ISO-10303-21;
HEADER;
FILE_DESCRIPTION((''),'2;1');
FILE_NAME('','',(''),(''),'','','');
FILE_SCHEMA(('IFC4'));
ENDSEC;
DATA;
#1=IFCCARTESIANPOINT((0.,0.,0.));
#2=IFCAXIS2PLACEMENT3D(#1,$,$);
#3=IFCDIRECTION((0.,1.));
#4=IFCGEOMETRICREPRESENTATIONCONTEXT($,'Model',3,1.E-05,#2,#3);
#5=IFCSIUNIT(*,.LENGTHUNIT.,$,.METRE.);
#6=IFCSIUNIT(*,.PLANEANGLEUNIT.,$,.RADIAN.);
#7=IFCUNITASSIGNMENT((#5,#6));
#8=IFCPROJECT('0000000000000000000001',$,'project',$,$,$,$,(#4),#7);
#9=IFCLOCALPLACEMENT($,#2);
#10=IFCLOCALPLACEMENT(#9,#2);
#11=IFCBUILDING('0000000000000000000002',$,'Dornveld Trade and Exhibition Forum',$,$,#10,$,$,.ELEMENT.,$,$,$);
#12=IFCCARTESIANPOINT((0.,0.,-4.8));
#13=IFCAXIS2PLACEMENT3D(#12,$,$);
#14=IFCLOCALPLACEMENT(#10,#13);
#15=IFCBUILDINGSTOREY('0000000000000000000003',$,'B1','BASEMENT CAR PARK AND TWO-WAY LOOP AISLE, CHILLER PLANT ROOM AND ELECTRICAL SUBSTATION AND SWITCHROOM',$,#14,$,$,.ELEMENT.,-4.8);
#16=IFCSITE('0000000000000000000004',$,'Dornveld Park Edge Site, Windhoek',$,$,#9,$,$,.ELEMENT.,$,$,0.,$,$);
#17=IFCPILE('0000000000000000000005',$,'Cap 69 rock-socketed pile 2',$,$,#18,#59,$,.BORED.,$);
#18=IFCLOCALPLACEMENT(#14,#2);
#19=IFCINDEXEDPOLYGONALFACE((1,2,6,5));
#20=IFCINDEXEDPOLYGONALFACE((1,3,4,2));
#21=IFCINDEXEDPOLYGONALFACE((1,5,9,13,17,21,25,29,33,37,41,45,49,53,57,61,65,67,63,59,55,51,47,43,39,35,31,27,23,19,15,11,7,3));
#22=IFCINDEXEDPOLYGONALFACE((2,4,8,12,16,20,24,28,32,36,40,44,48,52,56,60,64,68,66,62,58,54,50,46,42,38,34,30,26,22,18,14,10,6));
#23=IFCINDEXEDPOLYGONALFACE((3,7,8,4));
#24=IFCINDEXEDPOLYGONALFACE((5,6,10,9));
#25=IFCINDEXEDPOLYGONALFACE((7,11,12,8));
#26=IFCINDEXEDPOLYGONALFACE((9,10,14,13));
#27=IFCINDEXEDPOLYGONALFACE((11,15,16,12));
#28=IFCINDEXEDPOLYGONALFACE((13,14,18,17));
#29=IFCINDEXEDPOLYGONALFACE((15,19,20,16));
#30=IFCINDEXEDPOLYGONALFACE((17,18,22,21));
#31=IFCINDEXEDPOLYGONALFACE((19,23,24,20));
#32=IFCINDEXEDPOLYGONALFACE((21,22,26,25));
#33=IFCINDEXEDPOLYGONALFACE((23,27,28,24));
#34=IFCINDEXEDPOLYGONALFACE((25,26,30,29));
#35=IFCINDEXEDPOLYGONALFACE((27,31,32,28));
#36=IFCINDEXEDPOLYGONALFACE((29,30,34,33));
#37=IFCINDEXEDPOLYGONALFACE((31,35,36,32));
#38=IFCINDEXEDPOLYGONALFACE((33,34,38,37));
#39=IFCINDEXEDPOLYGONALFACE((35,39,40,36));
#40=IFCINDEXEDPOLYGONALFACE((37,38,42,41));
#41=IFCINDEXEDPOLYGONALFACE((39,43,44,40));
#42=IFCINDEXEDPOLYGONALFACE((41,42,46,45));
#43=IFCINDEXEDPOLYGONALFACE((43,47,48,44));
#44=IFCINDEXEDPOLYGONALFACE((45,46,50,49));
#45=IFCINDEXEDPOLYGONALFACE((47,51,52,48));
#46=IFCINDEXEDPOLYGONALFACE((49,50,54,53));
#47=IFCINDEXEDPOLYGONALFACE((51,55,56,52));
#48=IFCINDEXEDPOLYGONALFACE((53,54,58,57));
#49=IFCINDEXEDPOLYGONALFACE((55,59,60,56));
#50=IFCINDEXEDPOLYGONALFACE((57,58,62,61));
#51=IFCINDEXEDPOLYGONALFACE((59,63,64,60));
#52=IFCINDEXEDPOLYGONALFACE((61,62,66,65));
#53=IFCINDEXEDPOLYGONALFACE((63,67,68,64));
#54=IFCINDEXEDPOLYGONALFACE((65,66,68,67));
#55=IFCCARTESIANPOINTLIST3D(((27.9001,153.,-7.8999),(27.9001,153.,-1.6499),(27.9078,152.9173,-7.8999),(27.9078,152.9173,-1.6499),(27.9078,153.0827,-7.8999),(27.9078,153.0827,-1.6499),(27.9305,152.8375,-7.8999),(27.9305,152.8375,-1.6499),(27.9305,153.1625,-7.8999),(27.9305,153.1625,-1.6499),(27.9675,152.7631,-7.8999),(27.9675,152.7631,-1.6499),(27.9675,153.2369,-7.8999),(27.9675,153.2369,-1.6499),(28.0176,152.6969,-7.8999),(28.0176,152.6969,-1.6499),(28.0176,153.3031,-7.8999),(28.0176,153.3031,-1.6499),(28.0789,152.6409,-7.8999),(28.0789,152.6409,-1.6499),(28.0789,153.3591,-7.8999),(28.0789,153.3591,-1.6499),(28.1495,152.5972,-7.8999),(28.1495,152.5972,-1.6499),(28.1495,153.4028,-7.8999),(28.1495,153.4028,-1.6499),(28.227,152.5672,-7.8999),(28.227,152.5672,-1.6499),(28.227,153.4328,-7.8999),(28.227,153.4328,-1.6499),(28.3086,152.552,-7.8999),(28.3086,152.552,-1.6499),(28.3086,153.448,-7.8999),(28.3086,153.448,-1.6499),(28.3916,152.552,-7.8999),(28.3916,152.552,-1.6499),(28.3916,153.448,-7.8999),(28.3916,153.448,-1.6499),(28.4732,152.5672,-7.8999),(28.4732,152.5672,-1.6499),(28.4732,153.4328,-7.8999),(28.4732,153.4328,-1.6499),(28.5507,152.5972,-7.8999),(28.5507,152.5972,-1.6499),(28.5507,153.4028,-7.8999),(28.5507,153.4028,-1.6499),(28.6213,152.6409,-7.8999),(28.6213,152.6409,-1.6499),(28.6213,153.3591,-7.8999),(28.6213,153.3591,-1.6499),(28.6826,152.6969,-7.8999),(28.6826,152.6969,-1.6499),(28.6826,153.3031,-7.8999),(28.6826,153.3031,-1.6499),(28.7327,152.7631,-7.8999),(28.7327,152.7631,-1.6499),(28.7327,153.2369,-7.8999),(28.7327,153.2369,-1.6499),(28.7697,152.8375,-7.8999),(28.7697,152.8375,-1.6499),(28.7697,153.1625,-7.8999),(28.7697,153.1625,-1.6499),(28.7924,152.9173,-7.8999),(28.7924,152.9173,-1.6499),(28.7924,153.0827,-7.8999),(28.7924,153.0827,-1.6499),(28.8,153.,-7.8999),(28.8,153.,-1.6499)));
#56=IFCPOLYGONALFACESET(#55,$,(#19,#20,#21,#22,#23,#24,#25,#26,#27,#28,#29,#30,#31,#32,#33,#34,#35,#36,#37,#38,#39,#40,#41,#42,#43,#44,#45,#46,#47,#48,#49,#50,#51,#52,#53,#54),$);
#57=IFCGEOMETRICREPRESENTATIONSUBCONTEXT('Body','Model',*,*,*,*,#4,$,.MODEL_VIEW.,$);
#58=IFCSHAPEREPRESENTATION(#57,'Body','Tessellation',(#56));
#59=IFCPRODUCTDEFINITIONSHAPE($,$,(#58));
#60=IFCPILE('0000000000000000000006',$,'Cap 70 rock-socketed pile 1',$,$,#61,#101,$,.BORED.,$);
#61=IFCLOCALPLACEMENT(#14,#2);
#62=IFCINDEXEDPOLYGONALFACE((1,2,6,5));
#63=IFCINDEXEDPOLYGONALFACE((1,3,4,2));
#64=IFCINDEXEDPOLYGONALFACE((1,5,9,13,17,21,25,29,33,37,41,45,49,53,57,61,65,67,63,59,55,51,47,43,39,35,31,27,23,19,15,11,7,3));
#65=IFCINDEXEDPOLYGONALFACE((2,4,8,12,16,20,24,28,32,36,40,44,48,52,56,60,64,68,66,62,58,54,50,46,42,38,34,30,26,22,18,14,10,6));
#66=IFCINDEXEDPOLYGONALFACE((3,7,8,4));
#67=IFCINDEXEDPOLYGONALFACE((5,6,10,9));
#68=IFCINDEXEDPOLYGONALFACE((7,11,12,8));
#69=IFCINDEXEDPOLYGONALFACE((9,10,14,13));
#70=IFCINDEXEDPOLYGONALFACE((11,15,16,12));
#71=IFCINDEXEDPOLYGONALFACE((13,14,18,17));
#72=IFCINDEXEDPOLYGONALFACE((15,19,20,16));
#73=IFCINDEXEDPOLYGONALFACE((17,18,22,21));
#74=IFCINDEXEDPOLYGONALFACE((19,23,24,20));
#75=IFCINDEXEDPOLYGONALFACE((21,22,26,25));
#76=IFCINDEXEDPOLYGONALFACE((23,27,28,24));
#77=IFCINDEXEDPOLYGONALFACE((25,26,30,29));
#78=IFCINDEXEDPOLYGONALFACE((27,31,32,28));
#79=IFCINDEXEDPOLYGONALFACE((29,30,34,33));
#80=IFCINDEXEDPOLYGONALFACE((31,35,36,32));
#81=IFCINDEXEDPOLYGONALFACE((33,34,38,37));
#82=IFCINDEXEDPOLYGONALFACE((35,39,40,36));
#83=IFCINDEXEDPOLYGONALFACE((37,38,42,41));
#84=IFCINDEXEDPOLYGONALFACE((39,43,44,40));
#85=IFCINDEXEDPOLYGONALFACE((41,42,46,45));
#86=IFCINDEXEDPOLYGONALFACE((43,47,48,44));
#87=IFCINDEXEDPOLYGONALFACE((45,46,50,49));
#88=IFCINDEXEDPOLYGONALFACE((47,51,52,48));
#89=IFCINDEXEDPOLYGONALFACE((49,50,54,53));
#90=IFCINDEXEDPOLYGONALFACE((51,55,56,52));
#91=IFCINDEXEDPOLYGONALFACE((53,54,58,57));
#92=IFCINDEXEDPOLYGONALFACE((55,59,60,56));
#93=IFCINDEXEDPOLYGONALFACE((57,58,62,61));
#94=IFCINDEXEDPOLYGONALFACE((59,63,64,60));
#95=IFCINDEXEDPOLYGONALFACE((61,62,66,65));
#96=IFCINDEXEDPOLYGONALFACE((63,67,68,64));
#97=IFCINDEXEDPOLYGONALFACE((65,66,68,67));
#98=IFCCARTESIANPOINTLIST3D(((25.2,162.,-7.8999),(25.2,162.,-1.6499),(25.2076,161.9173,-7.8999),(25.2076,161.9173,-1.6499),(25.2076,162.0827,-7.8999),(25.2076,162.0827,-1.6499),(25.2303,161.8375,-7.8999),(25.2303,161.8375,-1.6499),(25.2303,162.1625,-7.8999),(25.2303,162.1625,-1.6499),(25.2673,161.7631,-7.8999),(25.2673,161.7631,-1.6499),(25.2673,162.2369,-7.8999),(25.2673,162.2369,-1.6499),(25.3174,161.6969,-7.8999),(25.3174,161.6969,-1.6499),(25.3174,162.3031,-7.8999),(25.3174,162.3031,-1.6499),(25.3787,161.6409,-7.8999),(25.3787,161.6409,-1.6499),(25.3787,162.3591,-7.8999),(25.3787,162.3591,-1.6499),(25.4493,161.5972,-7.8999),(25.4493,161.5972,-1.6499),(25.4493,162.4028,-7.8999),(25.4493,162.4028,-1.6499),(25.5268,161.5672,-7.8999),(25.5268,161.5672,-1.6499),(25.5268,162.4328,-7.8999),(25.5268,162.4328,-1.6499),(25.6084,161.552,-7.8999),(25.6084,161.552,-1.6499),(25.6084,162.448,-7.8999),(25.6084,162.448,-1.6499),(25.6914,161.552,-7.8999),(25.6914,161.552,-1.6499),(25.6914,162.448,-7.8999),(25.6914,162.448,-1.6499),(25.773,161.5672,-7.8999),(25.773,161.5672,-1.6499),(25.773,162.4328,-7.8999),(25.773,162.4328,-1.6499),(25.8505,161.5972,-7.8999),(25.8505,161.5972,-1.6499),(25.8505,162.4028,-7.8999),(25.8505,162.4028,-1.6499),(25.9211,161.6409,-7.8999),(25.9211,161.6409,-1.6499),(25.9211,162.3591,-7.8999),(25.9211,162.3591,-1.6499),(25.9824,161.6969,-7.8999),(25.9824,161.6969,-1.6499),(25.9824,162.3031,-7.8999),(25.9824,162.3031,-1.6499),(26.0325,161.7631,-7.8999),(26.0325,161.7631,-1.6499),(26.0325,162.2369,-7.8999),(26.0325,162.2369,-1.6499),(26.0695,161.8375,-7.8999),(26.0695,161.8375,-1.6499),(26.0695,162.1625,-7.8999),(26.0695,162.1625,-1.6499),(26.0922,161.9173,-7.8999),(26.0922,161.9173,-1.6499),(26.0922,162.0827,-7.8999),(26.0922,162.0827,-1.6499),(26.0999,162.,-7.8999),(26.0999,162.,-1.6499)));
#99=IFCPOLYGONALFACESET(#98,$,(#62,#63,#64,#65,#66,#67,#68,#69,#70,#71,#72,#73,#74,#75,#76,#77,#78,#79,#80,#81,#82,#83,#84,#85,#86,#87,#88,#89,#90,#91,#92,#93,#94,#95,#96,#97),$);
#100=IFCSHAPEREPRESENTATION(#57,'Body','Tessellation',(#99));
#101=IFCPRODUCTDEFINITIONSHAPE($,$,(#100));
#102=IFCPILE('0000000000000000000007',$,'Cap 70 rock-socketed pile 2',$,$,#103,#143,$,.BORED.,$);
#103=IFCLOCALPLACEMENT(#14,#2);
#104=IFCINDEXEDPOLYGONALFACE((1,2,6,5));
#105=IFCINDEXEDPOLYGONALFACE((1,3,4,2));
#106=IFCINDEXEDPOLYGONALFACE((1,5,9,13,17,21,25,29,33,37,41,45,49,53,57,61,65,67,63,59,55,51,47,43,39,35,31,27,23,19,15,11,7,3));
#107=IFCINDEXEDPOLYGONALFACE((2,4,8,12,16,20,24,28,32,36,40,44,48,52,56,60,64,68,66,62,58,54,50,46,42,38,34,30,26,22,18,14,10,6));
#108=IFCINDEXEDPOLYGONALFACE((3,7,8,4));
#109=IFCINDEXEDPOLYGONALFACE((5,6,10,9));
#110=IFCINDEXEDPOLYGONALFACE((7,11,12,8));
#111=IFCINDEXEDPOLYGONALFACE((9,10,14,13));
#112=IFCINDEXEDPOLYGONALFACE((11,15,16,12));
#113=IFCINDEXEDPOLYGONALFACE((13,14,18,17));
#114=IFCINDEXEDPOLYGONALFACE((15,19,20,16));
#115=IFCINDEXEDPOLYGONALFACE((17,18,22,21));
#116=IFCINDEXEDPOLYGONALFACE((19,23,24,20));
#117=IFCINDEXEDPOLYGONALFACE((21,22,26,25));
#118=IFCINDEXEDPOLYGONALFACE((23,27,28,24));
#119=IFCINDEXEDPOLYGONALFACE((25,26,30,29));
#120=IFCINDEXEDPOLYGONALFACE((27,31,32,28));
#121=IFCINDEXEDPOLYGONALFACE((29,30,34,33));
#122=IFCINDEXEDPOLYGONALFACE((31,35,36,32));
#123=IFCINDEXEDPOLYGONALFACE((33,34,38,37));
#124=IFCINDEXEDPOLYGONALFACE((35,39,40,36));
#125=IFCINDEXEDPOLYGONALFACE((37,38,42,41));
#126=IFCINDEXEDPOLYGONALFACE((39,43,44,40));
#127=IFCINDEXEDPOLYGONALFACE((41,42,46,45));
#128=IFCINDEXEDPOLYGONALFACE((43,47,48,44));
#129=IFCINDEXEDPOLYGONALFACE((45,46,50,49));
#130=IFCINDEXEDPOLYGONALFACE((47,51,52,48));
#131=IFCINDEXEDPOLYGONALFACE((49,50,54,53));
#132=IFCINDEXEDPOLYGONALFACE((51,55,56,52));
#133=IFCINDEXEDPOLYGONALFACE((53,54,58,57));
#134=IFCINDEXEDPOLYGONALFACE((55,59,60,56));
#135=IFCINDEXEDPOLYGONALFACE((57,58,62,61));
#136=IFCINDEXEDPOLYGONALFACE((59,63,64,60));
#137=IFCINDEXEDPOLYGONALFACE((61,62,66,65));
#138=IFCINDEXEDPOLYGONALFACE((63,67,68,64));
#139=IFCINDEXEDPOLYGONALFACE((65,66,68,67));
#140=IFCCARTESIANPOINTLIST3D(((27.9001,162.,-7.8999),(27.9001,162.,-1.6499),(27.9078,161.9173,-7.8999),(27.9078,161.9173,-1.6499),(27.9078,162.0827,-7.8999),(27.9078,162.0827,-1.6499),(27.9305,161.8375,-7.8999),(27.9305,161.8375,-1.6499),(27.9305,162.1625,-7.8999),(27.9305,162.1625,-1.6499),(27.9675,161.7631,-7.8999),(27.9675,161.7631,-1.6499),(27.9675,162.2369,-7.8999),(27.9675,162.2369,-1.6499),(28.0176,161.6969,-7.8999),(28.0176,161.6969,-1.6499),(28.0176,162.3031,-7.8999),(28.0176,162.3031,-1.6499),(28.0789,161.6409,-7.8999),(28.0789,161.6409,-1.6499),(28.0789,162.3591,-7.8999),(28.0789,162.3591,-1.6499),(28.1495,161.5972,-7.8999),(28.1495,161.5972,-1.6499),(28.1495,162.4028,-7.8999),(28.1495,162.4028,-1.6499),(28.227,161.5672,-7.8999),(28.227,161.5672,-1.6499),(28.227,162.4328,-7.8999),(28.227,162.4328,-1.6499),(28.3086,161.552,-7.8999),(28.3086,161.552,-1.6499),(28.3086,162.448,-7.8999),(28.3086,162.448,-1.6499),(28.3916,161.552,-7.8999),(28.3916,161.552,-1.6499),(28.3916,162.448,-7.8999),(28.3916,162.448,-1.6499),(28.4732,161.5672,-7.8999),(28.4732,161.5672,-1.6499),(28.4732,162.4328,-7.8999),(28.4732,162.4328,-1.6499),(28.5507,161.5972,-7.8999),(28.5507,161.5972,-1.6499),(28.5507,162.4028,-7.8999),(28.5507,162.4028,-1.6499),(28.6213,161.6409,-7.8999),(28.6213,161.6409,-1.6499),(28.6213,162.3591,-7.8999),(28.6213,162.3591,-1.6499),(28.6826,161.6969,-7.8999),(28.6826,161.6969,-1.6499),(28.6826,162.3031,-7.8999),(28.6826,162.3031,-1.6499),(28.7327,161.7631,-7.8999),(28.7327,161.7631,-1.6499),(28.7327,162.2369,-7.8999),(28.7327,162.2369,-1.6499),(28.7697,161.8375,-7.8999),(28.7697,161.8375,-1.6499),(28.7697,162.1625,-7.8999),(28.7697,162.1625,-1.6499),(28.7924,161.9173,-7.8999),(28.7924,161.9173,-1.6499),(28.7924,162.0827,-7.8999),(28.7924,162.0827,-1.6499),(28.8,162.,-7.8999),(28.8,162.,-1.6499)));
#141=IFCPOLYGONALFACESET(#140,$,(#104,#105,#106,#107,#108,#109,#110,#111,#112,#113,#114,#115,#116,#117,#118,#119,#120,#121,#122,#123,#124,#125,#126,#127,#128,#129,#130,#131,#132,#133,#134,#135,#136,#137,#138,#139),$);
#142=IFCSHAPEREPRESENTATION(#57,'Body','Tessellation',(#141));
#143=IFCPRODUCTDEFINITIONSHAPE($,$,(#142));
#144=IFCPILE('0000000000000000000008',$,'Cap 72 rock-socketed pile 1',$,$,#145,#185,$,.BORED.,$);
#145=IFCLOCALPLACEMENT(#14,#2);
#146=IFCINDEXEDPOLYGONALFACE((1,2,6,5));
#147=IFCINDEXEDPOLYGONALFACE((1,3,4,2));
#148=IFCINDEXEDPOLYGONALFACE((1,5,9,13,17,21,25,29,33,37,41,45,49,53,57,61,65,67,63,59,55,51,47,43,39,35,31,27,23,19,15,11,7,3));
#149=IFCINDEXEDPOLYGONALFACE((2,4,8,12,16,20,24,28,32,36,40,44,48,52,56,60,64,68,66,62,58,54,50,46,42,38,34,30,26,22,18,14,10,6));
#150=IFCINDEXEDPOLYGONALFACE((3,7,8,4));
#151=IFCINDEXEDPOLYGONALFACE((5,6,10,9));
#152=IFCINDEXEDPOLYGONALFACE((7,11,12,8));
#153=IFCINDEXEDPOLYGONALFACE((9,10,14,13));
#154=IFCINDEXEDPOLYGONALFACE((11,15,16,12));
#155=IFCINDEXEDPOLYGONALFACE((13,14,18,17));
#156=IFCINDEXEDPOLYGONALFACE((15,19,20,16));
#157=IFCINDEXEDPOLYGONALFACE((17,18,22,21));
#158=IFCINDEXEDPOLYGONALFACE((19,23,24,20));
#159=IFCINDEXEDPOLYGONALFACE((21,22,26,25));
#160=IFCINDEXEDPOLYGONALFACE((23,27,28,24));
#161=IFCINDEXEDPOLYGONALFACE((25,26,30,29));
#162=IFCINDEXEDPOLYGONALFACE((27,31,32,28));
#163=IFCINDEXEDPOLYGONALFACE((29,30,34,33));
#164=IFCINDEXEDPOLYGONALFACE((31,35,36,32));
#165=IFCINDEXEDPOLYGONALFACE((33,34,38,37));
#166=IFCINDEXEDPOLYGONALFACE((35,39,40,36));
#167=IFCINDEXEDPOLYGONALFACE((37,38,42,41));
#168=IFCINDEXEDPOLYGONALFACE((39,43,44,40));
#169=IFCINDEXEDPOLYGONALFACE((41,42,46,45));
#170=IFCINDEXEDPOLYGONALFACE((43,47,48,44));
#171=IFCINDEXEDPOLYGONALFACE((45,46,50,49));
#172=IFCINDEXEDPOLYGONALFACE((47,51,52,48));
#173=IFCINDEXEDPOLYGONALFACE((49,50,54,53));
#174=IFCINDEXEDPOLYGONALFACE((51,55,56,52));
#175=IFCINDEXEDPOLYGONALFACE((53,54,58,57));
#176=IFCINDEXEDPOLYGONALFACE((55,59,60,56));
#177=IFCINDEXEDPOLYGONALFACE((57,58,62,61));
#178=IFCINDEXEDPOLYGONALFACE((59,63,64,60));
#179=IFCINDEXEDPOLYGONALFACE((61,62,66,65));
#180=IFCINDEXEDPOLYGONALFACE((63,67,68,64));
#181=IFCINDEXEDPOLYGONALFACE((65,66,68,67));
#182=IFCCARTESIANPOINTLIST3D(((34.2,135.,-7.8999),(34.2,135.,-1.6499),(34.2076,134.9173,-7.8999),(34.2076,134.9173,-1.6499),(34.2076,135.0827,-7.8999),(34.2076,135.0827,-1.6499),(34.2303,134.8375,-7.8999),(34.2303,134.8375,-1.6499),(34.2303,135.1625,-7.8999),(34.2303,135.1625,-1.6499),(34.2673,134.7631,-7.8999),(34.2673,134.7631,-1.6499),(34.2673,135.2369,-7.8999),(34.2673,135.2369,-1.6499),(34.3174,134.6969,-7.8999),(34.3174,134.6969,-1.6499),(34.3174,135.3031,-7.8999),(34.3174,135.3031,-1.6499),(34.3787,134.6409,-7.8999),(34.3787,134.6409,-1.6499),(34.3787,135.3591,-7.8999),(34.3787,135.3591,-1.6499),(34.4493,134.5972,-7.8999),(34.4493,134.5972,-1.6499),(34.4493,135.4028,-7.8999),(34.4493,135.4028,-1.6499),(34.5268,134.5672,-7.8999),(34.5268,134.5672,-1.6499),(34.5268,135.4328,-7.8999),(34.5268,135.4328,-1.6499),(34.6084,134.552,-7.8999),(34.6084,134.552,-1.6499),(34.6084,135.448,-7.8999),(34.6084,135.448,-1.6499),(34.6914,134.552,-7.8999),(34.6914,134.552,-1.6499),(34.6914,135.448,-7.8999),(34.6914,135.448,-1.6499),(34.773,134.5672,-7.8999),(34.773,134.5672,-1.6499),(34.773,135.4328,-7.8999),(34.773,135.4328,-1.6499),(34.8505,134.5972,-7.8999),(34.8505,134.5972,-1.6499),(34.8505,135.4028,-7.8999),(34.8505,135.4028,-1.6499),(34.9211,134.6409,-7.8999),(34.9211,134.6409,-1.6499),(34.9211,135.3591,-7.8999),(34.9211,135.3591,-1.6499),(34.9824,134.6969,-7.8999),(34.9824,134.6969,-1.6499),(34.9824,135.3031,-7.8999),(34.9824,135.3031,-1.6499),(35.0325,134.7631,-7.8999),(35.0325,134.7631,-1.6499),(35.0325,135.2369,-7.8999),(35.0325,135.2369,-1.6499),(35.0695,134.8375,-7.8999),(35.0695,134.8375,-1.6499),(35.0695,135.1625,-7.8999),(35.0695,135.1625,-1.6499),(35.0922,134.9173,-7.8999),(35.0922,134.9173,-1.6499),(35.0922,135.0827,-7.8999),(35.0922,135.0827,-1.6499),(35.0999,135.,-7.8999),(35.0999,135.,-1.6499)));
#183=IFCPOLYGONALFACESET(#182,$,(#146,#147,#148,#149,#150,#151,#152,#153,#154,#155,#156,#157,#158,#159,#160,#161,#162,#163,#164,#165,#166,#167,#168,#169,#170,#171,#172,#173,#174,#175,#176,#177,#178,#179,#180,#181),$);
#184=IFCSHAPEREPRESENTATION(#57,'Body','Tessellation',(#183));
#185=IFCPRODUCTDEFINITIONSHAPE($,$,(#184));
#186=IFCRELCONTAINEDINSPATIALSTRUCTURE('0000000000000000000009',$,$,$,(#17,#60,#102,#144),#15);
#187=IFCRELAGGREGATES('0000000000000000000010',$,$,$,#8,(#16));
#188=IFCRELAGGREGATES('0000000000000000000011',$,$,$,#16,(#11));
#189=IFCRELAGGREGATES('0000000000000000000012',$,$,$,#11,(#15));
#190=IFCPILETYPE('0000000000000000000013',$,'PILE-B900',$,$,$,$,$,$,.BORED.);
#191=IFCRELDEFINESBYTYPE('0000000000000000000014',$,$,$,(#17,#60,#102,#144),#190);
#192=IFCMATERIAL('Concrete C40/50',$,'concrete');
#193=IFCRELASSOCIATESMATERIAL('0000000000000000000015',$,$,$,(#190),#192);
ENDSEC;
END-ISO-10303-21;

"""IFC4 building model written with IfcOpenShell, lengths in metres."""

from ifc_helpers import new_model, si_unit, direction, frame, origin, origin_2d, place, context, subcontext, project, spatial, circle, extrude, material, material_profile, profile_set, type_object, element, save


model = new_model("IFC4")

# Units and contexts
model_context = context("Model", 3, precision=1e-05, world=origin(), true_north=direction((0.0, 1.0)))
body_context = subcontext(model_context, "Body", "Model", "MODEL_VIEW")
ifc_project = project(units=[si_unit("LENGTHUNIT", "METRE"), si_unit("PLANEANGLEUNIT", "RADIAN")], contexts=[model_context])

# Site, building, storey
site_placement = place(None, origin())
site = spatial("IfcSite", under=ifc_project, at=site_placement, Name="Dornveld Park Edge Site, Windhoek", CompositionType="ELEMENT", RefElevation=0.0)
building_placement = place(site_placement, origin())
building = spatial("IfcBuilding", under=site, at=building_placement, Name="Dornveld Trade and Exhibition Forum", CompositionType="ELEMENT")
storey_placement = place(building_placement, frame((0.0, 0.0, -4.8)))
storey = spatial("IfcBuildingStorey", under=building, at=storey_placement, Name="B1", Description="BASEMENT CAR PARK AND TWO-WAY LOOP AISLE, CHILLER PLANT ROOM AND ELECTRICAL SUBSTATION AND SWITCHROOM", CompositionType="ELEMENT", Elevation=-4.8)

# Piles
ifc_material_1 = material(Name="Concrete C40/50", Category="concrete")
ifc_material_profile_1 = material_profile(ifc_material_1, circle(Radius=0.45, at=origin_2d()), Name="PILE D900")
ifc_profile_set_1 = profile_set([ifc_material_profile_1], Name="Concrete C40/50")
pile_type = type_object("IfcPileType", Name="PILE-B900", PredefinedType="BORED", material=ifc_profile_set_1)
for number, where, z_axis, x_axis, name in (
    (1, (28.3501, 153.0, -1.6499), (0.0, 0.0, -1.0), (1.0, 0.0, 0.0), "Cap 69 rock-socketed pile 2"),
    (2, (25.6499, 162.0, -1.6499), (0.0, 0.0, -1.0), (1.0, 0.0, 0.0), "Cap 70 rock-socketed pile 1"),
    (3, (28.3501, 162.0, -1.6499), (0.0, 0.0, -1.0), (1.0, 0.0, 0.0), "Cap 70 rock-socketed pile 2"),
    (4, (34.6499, 135.0, -1.6499), (0.0, 0.0, -1.0), (1.0, 0.0, 0.0), "Cap 72 rock-socketed pile 1"),
):
    element("IfcPile", number, at=place(storey_placement, frame(where, z_axis=z_axis, x_axis=x_axis)), inside=storey, type_object=pile_type, Name=name, PredefinedType="BORED", context=body_context, shape_type="SweptSolid", body=[
        extrude(circle(Radius=0.45, at=origin_2d()), origin(), (0.0, 0.0, 1.0), 6.25),
    ])

save(model, "model.ifc")
